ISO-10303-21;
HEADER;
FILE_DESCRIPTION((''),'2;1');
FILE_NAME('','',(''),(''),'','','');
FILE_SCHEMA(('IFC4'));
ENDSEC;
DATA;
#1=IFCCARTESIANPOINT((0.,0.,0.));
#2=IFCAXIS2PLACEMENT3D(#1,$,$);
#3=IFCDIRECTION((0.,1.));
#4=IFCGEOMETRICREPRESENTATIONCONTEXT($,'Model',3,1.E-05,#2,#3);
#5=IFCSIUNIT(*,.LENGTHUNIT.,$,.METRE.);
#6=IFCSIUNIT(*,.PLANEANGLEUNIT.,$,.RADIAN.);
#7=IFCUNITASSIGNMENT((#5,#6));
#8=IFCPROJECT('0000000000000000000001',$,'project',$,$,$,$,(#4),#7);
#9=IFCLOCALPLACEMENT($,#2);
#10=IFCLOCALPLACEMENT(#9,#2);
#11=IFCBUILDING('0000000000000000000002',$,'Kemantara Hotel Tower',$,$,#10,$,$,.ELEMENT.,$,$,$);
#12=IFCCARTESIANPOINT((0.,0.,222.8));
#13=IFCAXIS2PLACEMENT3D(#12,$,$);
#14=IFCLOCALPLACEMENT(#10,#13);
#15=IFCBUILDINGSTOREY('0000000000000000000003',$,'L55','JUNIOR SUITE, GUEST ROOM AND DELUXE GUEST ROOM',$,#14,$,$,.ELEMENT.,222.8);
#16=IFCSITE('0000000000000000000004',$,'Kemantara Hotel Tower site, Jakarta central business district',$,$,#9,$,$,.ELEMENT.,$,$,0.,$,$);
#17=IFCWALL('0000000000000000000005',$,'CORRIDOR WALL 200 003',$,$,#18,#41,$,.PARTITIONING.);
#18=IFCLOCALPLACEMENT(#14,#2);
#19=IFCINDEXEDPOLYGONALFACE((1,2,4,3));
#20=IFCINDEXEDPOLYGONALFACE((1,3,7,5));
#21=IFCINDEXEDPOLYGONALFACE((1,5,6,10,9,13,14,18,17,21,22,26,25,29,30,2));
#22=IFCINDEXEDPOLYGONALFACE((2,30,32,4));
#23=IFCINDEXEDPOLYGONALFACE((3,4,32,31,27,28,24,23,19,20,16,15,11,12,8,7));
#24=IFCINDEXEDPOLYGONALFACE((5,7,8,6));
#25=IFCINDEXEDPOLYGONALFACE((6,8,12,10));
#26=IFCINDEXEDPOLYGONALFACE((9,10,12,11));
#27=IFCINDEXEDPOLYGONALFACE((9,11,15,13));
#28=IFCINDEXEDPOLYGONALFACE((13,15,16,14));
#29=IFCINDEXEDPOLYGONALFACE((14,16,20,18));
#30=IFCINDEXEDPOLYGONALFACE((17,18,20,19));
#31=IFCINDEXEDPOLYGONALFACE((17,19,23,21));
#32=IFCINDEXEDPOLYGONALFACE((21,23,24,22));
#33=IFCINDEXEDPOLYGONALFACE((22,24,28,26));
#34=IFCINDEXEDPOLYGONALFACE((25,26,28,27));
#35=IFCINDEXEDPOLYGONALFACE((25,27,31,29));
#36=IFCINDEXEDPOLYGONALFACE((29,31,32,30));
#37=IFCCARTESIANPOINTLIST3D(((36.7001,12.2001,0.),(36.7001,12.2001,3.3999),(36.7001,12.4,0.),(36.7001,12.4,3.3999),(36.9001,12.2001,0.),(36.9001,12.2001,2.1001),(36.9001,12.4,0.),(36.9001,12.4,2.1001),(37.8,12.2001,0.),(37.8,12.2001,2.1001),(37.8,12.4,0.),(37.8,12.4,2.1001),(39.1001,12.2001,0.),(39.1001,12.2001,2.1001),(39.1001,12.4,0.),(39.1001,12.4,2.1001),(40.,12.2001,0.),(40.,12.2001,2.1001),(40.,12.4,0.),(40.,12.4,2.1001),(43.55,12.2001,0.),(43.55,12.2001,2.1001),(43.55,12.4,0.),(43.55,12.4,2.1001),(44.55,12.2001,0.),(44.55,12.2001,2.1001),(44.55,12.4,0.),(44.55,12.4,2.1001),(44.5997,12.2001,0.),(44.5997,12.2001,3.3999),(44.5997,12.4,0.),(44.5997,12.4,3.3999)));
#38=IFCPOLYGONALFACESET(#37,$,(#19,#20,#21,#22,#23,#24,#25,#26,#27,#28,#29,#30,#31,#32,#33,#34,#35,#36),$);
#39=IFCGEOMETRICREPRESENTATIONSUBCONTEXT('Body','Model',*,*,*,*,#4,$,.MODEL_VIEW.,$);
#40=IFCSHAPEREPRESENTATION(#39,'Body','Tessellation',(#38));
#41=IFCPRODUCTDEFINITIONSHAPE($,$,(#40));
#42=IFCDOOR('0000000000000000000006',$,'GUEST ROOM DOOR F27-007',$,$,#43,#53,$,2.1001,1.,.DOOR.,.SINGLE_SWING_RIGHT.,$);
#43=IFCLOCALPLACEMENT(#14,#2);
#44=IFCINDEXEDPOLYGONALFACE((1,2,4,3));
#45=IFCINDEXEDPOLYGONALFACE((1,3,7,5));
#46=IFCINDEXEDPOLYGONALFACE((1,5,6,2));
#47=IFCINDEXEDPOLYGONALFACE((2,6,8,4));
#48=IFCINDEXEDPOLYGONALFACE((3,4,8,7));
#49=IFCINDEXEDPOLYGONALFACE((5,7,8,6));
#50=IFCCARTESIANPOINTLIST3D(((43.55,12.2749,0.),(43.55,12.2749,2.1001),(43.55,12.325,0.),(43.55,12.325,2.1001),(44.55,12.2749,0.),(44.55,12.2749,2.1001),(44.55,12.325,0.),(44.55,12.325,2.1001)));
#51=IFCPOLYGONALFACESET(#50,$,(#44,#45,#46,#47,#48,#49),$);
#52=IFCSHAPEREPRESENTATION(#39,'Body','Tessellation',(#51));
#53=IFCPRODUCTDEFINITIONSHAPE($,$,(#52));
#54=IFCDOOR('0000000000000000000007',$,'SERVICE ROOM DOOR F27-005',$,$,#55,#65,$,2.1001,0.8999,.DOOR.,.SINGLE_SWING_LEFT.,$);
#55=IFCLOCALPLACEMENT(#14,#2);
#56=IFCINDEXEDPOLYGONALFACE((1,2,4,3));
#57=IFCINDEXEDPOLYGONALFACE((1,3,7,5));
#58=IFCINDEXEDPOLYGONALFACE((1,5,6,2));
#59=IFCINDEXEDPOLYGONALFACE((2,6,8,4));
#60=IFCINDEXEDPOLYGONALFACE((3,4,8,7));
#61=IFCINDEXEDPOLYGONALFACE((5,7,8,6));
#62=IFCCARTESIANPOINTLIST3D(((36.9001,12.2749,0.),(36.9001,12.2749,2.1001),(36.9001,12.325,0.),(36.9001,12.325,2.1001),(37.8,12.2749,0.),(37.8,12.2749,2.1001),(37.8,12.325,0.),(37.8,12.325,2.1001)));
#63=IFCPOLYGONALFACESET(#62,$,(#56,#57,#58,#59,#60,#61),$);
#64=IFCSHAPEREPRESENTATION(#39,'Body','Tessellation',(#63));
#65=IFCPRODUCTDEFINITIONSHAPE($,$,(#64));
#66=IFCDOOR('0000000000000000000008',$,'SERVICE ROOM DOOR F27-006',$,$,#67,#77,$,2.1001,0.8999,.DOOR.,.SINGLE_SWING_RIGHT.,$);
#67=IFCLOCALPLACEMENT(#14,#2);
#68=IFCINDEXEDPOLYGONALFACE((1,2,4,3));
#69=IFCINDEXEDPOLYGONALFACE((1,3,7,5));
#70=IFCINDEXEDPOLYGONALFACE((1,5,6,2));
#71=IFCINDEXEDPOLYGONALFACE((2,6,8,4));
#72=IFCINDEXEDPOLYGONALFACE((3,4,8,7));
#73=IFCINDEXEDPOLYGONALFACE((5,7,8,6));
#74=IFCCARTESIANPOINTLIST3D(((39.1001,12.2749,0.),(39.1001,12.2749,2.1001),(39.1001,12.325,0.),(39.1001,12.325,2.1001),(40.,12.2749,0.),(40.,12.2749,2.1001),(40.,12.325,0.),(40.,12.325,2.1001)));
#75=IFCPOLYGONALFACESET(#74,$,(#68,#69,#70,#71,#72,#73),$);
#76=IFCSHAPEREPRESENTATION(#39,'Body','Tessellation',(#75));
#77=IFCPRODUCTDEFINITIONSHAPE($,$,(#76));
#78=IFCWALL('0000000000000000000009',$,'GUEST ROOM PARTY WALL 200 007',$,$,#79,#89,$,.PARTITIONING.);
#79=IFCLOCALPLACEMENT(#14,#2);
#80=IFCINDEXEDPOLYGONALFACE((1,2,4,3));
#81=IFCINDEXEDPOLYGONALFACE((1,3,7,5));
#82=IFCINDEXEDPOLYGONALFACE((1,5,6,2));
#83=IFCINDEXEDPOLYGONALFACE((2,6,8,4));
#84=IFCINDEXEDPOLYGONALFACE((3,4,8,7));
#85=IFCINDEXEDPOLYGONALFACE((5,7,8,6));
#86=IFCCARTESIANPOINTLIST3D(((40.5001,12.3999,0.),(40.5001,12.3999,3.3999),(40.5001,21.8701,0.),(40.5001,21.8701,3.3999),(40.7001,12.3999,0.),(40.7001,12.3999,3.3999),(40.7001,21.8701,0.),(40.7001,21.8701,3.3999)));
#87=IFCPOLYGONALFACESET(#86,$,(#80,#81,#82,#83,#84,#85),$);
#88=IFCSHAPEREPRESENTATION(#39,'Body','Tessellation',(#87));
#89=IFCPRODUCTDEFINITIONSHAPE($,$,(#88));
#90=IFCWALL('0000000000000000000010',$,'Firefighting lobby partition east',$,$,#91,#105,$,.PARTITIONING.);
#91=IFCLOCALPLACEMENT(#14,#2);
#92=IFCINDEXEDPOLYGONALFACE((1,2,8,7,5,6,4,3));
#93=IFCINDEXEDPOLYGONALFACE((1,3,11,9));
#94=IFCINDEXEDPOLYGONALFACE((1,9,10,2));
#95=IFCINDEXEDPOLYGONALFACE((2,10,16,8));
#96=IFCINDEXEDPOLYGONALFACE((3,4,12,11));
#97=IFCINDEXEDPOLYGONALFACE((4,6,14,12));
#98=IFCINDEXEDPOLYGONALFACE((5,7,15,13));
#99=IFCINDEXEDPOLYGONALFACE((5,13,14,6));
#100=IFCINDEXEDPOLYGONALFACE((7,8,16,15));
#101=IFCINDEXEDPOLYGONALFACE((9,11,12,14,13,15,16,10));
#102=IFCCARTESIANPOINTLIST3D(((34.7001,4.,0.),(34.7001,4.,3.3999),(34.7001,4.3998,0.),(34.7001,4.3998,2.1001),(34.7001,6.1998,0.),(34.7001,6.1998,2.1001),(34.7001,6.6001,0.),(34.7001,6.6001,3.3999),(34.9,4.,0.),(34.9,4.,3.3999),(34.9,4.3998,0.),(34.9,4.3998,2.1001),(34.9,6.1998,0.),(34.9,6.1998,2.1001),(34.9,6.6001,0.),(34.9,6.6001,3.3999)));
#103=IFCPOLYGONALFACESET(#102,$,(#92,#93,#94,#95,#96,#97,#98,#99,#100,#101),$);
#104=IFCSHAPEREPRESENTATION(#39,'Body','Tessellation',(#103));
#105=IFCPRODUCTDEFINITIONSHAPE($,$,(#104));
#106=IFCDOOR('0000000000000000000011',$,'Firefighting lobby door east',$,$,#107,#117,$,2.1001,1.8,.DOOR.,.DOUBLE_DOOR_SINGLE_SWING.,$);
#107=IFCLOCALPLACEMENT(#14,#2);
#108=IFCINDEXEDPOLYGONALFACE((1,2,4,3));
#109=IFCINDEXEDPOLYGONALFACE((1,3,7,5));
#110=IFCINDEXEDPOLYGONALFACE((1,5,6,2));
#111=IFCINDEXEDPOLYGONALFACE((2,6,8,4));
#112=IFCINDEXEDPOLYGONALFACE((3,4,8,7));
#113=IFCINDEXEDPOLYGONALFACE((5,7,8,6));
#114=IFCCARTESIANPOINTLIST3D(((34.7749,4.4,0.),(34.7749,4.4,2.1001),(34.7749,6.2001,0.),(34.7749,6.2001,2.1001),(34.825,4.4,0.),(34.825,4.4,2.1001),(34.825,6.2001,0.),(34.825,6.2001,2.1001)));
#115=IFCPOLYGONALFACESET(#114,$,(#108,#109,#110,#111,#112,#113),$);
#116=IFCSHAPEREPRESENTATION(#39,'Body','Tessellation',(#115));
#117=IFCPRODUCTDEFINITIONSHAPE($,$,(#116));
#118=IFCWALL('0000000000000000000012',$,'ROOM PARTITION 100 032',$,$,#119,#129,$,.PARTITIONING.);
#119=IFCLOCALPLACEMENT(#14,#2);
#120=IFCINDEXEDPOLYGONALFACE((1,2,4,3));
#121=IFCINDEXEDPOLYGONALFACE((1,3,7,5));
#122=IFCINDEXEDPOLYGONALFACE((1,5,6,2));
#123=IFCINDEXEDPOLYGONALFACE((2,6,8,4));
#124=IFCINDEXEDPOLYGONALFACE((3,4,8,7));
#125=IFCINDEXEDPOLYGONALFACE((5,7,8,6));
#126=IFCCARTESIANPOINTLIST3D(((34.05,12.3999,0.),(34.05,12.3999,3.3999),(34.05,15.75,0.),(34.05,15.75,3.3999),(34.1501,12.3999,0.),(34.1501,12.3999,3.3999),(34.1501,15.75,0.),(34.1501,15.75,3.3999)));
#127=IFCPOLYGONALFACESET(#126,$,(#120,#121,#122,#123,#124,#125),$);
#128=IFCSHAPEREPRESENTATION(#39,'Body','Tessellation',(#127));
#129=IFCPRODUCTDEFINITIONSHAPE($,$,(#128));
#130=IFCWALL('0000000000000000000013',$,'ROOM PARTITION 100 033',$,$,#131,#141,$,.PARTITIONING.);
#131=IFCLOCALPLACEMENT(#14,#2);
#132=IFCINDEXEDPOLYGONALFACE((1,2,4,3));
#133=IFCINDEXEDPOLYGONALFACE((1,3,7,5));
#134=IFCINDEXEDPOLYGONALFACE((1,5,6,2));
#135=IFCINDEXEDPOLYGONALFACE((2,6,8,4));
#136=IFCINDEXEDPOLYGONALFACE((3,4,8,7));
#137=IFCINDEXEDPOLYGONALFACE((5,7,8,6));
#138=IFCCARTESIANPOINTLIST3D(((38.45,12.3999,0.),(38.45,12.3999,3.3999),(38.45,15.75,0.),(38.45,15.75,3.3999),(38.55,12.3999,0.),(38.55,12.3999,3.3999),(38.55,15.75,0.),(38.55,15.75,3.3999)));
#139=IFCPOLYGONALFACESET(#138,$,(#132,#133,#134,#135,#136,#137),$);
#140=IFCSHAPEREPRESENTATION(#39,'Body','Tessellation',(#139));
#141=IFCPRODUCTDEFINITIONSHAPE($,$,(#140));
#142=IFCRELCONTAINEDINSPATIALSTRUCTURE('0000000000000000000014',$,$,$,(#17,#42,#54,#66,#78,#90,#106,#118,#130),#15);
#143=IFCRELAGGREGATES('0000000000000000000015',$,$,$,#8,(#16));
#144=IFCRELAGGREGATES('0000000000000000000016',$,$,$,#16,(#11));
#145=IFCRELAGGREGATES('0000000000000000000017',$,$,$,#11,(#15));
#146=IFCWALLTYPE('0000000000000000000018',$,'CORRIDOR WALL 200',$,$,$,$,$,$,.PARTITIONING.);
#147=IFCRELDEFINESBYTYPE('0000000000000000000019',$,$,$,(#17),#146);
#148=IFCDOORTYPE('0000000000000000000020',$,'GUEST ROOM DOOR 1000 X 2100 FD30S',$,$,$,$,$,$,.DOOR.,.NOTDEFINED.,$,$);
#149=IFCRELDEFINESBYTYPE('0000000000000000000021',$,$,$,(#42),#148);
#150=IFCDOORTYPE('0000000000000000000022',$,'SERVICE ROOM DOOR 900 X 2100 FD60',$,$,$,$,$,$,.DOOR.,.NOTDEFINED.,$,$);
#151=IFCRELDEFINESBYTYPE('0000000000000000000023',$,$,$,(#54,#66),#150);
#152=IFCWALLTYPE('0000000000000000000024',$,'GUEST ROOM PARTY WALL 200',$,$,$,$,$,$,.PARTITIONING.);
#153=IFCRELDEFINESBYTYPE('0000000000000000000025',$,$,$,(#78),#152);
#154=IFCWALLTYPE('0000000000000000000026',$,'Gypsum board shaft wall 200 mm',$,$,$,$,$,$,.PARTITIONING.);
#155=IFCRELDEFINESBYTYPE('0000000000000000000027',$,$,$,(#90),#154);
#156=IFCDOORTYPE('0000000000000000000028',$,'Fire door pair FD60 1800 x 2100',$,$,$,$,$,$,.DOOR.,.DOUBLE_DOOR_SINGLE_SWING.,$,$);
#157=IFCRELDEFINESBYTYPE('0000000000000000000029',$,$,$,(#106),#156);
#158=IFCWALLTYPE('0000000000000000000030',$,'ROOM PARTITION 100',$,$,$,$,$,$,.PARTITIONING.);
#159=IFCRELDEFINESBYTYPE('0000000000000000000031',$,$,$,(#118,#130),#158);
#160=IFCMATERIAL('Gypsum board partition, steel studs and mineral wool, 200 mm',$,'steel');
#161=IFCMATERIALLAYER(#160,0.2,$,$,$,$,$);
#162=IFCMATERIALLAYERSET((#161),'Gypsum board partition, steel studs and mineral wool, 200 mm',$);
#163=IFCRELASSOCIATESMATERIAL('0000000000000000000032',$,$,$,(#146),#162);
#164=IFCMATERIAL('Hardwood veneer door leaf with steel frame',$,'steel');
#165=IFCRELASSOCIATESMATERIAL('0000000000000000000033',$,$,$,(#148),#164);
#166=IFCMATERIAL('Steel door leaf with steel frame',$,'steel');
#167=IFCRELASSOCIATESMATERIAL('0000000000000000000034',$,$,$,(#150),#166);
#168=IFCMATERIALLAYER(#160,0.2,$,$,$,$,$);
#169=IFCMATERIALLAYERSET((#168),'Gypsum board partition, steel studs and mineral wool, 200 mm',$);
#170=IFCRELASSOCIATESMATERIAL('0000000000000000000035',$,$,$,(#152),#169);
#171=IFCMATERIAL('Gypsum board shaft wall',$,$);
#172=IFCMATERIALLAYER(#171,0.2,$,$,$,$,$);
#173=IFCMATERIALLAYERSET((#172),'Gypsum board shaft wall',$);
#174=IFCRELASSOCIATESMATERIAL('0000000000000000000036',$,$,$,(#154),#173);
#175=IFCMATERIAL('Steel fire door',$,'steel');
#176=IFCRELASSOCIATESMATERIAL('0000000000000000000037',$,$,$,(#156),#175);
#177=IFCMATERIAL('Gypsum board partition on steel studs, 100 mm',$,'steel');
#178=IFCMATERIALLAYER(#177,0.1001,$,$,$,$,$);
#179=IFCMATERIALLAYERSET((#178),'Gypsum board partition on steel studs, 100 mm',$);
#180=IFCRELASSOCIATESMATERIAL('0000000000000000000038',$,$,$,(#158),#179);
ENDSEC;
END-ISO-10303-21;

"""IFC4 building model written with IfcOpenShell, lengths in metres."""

from ifc_helpers import new_model, si_unit, direction, frame, frame_2d, origin, place, context, subcontext, project, spatial, rectangle, extrude, material, layer, layer_set, type_object, element, fill, save


model = new_model("IFC4")

# Units and contexts
model_context = context("Model", 3, precision=1e-05, world=origin(), true_north=direction((0.0, 1.0)))
body_context = subcontext(model_context, "Body", "Model", "MODEL_VIEW")
ifc_project = project(units=[si_unit("LENGTHUNIT", "METRE"), si_unit("PLANEANGLEUNIT", "RADIAN")], contexts=[model_context])

# Site, building, storey
site_placement = place(None, origin())
site = spatial("IfcSite", under=ifc_project, at=site_placement, Name="Kemantara Hotel Tower site, Jakarta central business district", CompositionType="ELEMENT", RefElevation=0.0)
building_placement = place(site_placement, origin())
building = spatial("IfcBuilding", under=site, at=building_placement, Name="Kemantara Hotel Tower", CompositionType="ELEMENT")
storey_placement = place(building_placement, frame((0.0, 0.0, 222.8)))
storey = spatial("IfcBuildingStorey", under=building, at=storey_placement, Name="L55", Description="JUNIOR SUITE, GUEST ROOM AND DELUXE GUEST ROOM", CompositionType="ELEMENT", Elevation=222.8)

# Shared definitions
ifc_material_1 = material(Name="Steel fire door", Category="steel")

# Wall, openings, doors
ifc_material_2 = material(Name="Gypsum board partition, steel studs and mineral wool, 200 mm", Category="steel")
ifc_layer_1 = layer(ifc_material_2, 0.2)
ifc_layer_set_1 = layer_set([ifc_layer_1], Name="Gypsum board partition, steel studs and mineral wool, 200 mm")
wall_type_1 = type_object("IfcWallType", Name="CORRIDOR WALL 200", PredefinedType="PARTITIONING", material=ifc_layer_set_1)
wall_1_placement = place(storey_placement, frame((36.7002, 12.3, 0.0), z_axis=(0.0, 0.0, 1.0), x_axis=(1.0, 0.0, 0.0)))
wall_1 = element("IfcWall", 1, at=wall_1_placement, inside=storey, type_object=wall_type_1, Name="CORRIDOR WALL 200 003", PredefinedType="PARTITIONING", context=body_context, shape_type="SweptSolid", body=[
    extrude(rectangle(XDim=7.8997, YDim=0.2, at=frame_2d((3.9497, 0.0))), origin(), (0.0, 0.0, 1.0), 3.3999),
])
opening_1_placement = place(wall_1_placement, frame((0.2, 0.0, 0.0)))
opening_1 = element("IfcOpeningElement", 2, at=opening_1_placement, cuts=wall_1, PredefinedType="OPENING", context=body_context, shape_type="SweptSolid", body=[
    extrude(rectangle(XDim=0.8999, YDim=2.1001, at=frame_2d((0.45, 1.05))), frame((0.0, 0.1099, 0.0), z_axis=(0.0, -1.0, 0.0), x_axis=(1.0, 0.0, 0.0)), (0.0, 0.0, 1.0), 0.22),
])
opening_2_placement = place(wall_1_placement, frame((2.3999, 0.0, 0.0)))
opening_2 = element("IfcOpeningElement", 3, at=opening_2_placement, cuts=wall_1, PredefinedType="OPENING", context=body_context, shape_type="SweptSolid", body=[
    extrude(rectangle(XDim=0.8999, YDim=2.1001, at=frame_2d((0.45, 1.05))), frame((0.0, 0.1099, 0.0), z_axis=(0.0, -1.0, 0.0), x_axis=(1.0, 0.0, 0.0)), (0.0, 0.0, 1.0), 0.22),
])
opening_3_placement = place(wall_1_placement, frame((6.8499, 0.0, 0.0)))
opening_3 = element("IfcOpeningElement", 4, at=opening_3_placement, cuts=wall_1, PredefinedType="OPENING", context=body_context, shape_type="SweptSolid", body=[
    extrude(rectangle(XDim=1.0, YDim=2.1001, at=frame_2d((0.5, 1.05))), frame((0.0, 0.1099, 0.0), z_axis=(0.0, -1.0, 0.0), x_axis=(1.0, 0.0, 0.0)), (0.0, 0.0, 1.0), 0.22),
])
ifc_material_3 = material(Name="Hardwood veneer door leaf with steel frame", Category="steel")
door_type_1 = type_object("IfcDoorType", Name="GUEST ROOM DOOR 1000 X 2100 FD30S", OperationType="NOTDEFINED", PredefinedType="DOOR", material=ifc_material_3)
door_1_placement = place(opening_3_placement, origin())
door_1 = element("IfcDoor", 5, at=door_1_placement, inside=storey, type_object=door_type_1, Name="GUEST ROOM DOOR F27-007", OperationType="SINGLE_SWING_RIGHT", OverallHeight=2.1001, OverallWidth=1.0, PredefinedType="DOOR", context=body_context, shape_type="SweptSolid", body=[
    extrude(rectangle(XDim=1.0, YDim=2.1001, at=frame_2d((0.5, 1.05))), frame((0.0, 0.0249, 0.0), z_axis=(0.0, -1.0, 0.0), x_axis=(1.0, 0.0, 0.0)), (0.0, 0.0, 1.0), 0.05),
])
fill(opening_3, door_1)
ifc_material_4 = material(Name="Steel door leaf with steel frame", Category="steel")
door_type_2 = type_object("IfcDoorType", Name="SERVICE ROOM DOOR 900 X 2100 FD60", OperationType="NOTDEFINED", PredefinedType="DOOR", material=ifc_material_4)
door_2_placement = place(opening_1_placement, origin())
door_2 = element("IfcDoor", 6, at=door_2_placement, inside=storey, type_object=door_type_2, Name="SERVICE ROOM DOOR F27-005", OperationType="SINGLE_SWING_LEFT", OverallHeight=2.1001, OverallWidth=0.8999, PredefinedType="DOOR", context=body_context, shape_type="SweptSolid", body=[
    extrude(rectangle(XDim=0.8999, YDim=2.1001, at=frame_2d((0.45, 1.05))), frame((0.0, 0.0249, 0.0), z_axis=(0.0, -1.0, 0.0), x_axis=(1.0, 0.0, 0.0)), (0.0, 0.0, 1.0), 0.05),
])
fill(opening_1, door_2)
door_3_placement = place(opening_2_placement, origin())
door_3 = element("IfcDoor", 7, at=door_3_placement, inside=storey, type_object=door_type_2, Name="SERVICE ROOM DOOR F27-006", OperationType="SINGLE_SWING_RIGHT", OverallHeight=2.1001, OverallWidth=0.8999, PredefinedType="DOOR", context=body_context, shape_type="SweptSolid", body=[
    extrude(rectangle(XDim=0.8999, YDim=2.1001, at=frame_2d((0.45, 1.05))), frame((0.0, 0.0249, 0.0), z_axis=(0.0, -1.0, 0.0), x_axis=(1.0, 0.0, 0.0)), (0.0, 0.0, 1.0), 0.05),
])
fill(opening_2, door_3)

# Wall
ifc_layer_2 = layer(ifc_material_2, 0.2)
ifc_layer_set_2 = layer_set([ifc_layer_2], Name="Gypsum board partition, steel studs and mineral wool, 200 mm")
wall_type_2 = type_object("IfcWallType", Name="GUEST ROOM PARTY WALL 200", PredefinedType="PARTITIONING", material=ifc_layer_set_2)
wall_2_placement = place(storey_placement, frame((40.6001, 12.3999, 0.0), z_axis=(0.0, 0.0, 1.0), x_axis=(0.0, 1.0, 0.0)))
element("IfcWall", 8, at=wall_2_placement, inside=storey, type_object=wall_type_2, Name="GUEST ROOM PARTY WALL 200 007", PredefinedType="PARTITIONING", context=body_context, shape_type="SweptSolid", body=[
    extrude(rectangle(XDim=9.4702, YDim=0.2, at=frame_2d((4.7351, 0.0))), origin(), (0.0, 0.0, 1.0), 3.3999),
])

# Wall, opening, door
ifc_material_5 = material(Name="Gypsum board shaft wall")
ifc_layer_3 = layer(ifc_material_5, 0.2)
ifc_layer_set_3 = layer_set([ifc_layer_3], Name="Gypsum board shaft wall")
wall_type_3 = type_object("IfcWallType", Name="Gypsum board shaft wall 200 mm", PredefinedType="PARTITIONING", material=ifc_layer_set_3)
wall_3_placement = place(storey_placement, frame((34.8, 4.0, 0.0), z_axis=(0.0, 0.0, 1.0), x_axis=(0.0, 1.0, 0.0)))
wall_3 = element("IfcWall", 9, at=wall_3_placement, inside=storey, type_object=wall_type_3, Name="Firefighting lobby partition east", PredefinedType="PARTITIONING", context=body_context, shape_type="SweptSolid", body=[
    extrude(rectangle(XDim=2.6001, YDim=0.2, at=frame_2d((1.3, 0.0))), origin(), (0.0, 0.0, 1.0), 3.3999),
])
opening_4_placement = place(wall_3_placement, frame((0.3999, 0.0, 0.0)))
opening_4 = element("IfcOpeningElement", 10, at=opening_4_placement, cuts=wall_3, PredefinedType="OPENING", context=body_context, shape_type="SweptSolid", body=[
    extrude(rectangle(XDim=1.8, YDim=2.1001, at=frame_2d((0.8999, 1.05))), frame((0.0, 0.1099, 0.0), z_axis=(0.0, -1.0, 0.0), x_axis=(1.0, 0.0, 0.0)), (0.0, 0.0, 1.0), 0.22),
])
door_type_3 = type_object("IfcDoorType", Name="Fire door pair FD60 1800 x 2100", OperationType="DOUBLE_DOOR_SINGLE_SWING", PredefinedType="DOOR", material=ifc_material_1)
door_4_placement = place(opening_4_placement, frame((1.8, 0.0, 0.0), z_axis=(0.0, 0.0, 1.0), x_axis=(-1.0, 0.0, 0.0)))
door_4 = element("IfcDoor", 11, at=door_4_placement, inside=storey, type_object=door_type_3, Name="Firefighting lobby door east", OperationType="DOUBLE_DOOR_SINGLE_SWING", OverallHeight=2.1001, OverallWidth=1.8, PredefinedType="DOOR", context=body_context, shape_type="SweptSolid", body=[
    extrude(rectangle(XDim=1.8, YDim=2.1001, at=frame_2d((0.8999, 1.05))), frame((0.0, 0.0249, 0.0), z_axis=(0.0, -1.0, 0.0), x_axis=(1.0, 0.0, 0.0)), (0.0, 0.0, 1.0), 0.05),
])
fill(opening_4, door_4)

# Walls
ifc_material_6 = material(Name="Gypsum board partition on steel studs, 100 mm", Category="steel")
ifc_layer_4 = layer(ifc_material_6, 0.1001)
ifc_layer_set_4 = layer_set([ifc_layer_4], Name="Gypsum board partition on steel studs, 100 mm")
wall_type_4 = type_object("IfcWallType", Name="ROOM PARTITION 100", PredefinedType="PARTITIONING", material=ifc_layer_set_4)
for number, where, z_axis, x_axis, name in (
    (12, (34.1001, 12.3999, 0.0), (0.0, 0.0, 1.0), (0.0, 1.0, 0.0), "ROOM PARTITION 100 032"),
    (13, (38.5, 12.3999, 0.0), (0.0, 0.0, 1.0), (0.0, 1.0, 0.0), "ROOM PARTITION 100 033"),
):
    element("IfcWall", number, at=place(storey_placement, frame(where, z_axis=z_axis, x_axis=x_axis)), inside=storey, type_object=wall_type_4, Name=name, PredefinedType="PARTITIONING", context=body_context, shape_type="SweptSolid", body=[
        extrude(rectangle(XDim=3.3501, YDim=0.1001, at=frame_2d((1.675, 0.0))), origin(), (0.0, 0.0, 1.0), 3.3999),
    ])

save(model, "model.ifc")
